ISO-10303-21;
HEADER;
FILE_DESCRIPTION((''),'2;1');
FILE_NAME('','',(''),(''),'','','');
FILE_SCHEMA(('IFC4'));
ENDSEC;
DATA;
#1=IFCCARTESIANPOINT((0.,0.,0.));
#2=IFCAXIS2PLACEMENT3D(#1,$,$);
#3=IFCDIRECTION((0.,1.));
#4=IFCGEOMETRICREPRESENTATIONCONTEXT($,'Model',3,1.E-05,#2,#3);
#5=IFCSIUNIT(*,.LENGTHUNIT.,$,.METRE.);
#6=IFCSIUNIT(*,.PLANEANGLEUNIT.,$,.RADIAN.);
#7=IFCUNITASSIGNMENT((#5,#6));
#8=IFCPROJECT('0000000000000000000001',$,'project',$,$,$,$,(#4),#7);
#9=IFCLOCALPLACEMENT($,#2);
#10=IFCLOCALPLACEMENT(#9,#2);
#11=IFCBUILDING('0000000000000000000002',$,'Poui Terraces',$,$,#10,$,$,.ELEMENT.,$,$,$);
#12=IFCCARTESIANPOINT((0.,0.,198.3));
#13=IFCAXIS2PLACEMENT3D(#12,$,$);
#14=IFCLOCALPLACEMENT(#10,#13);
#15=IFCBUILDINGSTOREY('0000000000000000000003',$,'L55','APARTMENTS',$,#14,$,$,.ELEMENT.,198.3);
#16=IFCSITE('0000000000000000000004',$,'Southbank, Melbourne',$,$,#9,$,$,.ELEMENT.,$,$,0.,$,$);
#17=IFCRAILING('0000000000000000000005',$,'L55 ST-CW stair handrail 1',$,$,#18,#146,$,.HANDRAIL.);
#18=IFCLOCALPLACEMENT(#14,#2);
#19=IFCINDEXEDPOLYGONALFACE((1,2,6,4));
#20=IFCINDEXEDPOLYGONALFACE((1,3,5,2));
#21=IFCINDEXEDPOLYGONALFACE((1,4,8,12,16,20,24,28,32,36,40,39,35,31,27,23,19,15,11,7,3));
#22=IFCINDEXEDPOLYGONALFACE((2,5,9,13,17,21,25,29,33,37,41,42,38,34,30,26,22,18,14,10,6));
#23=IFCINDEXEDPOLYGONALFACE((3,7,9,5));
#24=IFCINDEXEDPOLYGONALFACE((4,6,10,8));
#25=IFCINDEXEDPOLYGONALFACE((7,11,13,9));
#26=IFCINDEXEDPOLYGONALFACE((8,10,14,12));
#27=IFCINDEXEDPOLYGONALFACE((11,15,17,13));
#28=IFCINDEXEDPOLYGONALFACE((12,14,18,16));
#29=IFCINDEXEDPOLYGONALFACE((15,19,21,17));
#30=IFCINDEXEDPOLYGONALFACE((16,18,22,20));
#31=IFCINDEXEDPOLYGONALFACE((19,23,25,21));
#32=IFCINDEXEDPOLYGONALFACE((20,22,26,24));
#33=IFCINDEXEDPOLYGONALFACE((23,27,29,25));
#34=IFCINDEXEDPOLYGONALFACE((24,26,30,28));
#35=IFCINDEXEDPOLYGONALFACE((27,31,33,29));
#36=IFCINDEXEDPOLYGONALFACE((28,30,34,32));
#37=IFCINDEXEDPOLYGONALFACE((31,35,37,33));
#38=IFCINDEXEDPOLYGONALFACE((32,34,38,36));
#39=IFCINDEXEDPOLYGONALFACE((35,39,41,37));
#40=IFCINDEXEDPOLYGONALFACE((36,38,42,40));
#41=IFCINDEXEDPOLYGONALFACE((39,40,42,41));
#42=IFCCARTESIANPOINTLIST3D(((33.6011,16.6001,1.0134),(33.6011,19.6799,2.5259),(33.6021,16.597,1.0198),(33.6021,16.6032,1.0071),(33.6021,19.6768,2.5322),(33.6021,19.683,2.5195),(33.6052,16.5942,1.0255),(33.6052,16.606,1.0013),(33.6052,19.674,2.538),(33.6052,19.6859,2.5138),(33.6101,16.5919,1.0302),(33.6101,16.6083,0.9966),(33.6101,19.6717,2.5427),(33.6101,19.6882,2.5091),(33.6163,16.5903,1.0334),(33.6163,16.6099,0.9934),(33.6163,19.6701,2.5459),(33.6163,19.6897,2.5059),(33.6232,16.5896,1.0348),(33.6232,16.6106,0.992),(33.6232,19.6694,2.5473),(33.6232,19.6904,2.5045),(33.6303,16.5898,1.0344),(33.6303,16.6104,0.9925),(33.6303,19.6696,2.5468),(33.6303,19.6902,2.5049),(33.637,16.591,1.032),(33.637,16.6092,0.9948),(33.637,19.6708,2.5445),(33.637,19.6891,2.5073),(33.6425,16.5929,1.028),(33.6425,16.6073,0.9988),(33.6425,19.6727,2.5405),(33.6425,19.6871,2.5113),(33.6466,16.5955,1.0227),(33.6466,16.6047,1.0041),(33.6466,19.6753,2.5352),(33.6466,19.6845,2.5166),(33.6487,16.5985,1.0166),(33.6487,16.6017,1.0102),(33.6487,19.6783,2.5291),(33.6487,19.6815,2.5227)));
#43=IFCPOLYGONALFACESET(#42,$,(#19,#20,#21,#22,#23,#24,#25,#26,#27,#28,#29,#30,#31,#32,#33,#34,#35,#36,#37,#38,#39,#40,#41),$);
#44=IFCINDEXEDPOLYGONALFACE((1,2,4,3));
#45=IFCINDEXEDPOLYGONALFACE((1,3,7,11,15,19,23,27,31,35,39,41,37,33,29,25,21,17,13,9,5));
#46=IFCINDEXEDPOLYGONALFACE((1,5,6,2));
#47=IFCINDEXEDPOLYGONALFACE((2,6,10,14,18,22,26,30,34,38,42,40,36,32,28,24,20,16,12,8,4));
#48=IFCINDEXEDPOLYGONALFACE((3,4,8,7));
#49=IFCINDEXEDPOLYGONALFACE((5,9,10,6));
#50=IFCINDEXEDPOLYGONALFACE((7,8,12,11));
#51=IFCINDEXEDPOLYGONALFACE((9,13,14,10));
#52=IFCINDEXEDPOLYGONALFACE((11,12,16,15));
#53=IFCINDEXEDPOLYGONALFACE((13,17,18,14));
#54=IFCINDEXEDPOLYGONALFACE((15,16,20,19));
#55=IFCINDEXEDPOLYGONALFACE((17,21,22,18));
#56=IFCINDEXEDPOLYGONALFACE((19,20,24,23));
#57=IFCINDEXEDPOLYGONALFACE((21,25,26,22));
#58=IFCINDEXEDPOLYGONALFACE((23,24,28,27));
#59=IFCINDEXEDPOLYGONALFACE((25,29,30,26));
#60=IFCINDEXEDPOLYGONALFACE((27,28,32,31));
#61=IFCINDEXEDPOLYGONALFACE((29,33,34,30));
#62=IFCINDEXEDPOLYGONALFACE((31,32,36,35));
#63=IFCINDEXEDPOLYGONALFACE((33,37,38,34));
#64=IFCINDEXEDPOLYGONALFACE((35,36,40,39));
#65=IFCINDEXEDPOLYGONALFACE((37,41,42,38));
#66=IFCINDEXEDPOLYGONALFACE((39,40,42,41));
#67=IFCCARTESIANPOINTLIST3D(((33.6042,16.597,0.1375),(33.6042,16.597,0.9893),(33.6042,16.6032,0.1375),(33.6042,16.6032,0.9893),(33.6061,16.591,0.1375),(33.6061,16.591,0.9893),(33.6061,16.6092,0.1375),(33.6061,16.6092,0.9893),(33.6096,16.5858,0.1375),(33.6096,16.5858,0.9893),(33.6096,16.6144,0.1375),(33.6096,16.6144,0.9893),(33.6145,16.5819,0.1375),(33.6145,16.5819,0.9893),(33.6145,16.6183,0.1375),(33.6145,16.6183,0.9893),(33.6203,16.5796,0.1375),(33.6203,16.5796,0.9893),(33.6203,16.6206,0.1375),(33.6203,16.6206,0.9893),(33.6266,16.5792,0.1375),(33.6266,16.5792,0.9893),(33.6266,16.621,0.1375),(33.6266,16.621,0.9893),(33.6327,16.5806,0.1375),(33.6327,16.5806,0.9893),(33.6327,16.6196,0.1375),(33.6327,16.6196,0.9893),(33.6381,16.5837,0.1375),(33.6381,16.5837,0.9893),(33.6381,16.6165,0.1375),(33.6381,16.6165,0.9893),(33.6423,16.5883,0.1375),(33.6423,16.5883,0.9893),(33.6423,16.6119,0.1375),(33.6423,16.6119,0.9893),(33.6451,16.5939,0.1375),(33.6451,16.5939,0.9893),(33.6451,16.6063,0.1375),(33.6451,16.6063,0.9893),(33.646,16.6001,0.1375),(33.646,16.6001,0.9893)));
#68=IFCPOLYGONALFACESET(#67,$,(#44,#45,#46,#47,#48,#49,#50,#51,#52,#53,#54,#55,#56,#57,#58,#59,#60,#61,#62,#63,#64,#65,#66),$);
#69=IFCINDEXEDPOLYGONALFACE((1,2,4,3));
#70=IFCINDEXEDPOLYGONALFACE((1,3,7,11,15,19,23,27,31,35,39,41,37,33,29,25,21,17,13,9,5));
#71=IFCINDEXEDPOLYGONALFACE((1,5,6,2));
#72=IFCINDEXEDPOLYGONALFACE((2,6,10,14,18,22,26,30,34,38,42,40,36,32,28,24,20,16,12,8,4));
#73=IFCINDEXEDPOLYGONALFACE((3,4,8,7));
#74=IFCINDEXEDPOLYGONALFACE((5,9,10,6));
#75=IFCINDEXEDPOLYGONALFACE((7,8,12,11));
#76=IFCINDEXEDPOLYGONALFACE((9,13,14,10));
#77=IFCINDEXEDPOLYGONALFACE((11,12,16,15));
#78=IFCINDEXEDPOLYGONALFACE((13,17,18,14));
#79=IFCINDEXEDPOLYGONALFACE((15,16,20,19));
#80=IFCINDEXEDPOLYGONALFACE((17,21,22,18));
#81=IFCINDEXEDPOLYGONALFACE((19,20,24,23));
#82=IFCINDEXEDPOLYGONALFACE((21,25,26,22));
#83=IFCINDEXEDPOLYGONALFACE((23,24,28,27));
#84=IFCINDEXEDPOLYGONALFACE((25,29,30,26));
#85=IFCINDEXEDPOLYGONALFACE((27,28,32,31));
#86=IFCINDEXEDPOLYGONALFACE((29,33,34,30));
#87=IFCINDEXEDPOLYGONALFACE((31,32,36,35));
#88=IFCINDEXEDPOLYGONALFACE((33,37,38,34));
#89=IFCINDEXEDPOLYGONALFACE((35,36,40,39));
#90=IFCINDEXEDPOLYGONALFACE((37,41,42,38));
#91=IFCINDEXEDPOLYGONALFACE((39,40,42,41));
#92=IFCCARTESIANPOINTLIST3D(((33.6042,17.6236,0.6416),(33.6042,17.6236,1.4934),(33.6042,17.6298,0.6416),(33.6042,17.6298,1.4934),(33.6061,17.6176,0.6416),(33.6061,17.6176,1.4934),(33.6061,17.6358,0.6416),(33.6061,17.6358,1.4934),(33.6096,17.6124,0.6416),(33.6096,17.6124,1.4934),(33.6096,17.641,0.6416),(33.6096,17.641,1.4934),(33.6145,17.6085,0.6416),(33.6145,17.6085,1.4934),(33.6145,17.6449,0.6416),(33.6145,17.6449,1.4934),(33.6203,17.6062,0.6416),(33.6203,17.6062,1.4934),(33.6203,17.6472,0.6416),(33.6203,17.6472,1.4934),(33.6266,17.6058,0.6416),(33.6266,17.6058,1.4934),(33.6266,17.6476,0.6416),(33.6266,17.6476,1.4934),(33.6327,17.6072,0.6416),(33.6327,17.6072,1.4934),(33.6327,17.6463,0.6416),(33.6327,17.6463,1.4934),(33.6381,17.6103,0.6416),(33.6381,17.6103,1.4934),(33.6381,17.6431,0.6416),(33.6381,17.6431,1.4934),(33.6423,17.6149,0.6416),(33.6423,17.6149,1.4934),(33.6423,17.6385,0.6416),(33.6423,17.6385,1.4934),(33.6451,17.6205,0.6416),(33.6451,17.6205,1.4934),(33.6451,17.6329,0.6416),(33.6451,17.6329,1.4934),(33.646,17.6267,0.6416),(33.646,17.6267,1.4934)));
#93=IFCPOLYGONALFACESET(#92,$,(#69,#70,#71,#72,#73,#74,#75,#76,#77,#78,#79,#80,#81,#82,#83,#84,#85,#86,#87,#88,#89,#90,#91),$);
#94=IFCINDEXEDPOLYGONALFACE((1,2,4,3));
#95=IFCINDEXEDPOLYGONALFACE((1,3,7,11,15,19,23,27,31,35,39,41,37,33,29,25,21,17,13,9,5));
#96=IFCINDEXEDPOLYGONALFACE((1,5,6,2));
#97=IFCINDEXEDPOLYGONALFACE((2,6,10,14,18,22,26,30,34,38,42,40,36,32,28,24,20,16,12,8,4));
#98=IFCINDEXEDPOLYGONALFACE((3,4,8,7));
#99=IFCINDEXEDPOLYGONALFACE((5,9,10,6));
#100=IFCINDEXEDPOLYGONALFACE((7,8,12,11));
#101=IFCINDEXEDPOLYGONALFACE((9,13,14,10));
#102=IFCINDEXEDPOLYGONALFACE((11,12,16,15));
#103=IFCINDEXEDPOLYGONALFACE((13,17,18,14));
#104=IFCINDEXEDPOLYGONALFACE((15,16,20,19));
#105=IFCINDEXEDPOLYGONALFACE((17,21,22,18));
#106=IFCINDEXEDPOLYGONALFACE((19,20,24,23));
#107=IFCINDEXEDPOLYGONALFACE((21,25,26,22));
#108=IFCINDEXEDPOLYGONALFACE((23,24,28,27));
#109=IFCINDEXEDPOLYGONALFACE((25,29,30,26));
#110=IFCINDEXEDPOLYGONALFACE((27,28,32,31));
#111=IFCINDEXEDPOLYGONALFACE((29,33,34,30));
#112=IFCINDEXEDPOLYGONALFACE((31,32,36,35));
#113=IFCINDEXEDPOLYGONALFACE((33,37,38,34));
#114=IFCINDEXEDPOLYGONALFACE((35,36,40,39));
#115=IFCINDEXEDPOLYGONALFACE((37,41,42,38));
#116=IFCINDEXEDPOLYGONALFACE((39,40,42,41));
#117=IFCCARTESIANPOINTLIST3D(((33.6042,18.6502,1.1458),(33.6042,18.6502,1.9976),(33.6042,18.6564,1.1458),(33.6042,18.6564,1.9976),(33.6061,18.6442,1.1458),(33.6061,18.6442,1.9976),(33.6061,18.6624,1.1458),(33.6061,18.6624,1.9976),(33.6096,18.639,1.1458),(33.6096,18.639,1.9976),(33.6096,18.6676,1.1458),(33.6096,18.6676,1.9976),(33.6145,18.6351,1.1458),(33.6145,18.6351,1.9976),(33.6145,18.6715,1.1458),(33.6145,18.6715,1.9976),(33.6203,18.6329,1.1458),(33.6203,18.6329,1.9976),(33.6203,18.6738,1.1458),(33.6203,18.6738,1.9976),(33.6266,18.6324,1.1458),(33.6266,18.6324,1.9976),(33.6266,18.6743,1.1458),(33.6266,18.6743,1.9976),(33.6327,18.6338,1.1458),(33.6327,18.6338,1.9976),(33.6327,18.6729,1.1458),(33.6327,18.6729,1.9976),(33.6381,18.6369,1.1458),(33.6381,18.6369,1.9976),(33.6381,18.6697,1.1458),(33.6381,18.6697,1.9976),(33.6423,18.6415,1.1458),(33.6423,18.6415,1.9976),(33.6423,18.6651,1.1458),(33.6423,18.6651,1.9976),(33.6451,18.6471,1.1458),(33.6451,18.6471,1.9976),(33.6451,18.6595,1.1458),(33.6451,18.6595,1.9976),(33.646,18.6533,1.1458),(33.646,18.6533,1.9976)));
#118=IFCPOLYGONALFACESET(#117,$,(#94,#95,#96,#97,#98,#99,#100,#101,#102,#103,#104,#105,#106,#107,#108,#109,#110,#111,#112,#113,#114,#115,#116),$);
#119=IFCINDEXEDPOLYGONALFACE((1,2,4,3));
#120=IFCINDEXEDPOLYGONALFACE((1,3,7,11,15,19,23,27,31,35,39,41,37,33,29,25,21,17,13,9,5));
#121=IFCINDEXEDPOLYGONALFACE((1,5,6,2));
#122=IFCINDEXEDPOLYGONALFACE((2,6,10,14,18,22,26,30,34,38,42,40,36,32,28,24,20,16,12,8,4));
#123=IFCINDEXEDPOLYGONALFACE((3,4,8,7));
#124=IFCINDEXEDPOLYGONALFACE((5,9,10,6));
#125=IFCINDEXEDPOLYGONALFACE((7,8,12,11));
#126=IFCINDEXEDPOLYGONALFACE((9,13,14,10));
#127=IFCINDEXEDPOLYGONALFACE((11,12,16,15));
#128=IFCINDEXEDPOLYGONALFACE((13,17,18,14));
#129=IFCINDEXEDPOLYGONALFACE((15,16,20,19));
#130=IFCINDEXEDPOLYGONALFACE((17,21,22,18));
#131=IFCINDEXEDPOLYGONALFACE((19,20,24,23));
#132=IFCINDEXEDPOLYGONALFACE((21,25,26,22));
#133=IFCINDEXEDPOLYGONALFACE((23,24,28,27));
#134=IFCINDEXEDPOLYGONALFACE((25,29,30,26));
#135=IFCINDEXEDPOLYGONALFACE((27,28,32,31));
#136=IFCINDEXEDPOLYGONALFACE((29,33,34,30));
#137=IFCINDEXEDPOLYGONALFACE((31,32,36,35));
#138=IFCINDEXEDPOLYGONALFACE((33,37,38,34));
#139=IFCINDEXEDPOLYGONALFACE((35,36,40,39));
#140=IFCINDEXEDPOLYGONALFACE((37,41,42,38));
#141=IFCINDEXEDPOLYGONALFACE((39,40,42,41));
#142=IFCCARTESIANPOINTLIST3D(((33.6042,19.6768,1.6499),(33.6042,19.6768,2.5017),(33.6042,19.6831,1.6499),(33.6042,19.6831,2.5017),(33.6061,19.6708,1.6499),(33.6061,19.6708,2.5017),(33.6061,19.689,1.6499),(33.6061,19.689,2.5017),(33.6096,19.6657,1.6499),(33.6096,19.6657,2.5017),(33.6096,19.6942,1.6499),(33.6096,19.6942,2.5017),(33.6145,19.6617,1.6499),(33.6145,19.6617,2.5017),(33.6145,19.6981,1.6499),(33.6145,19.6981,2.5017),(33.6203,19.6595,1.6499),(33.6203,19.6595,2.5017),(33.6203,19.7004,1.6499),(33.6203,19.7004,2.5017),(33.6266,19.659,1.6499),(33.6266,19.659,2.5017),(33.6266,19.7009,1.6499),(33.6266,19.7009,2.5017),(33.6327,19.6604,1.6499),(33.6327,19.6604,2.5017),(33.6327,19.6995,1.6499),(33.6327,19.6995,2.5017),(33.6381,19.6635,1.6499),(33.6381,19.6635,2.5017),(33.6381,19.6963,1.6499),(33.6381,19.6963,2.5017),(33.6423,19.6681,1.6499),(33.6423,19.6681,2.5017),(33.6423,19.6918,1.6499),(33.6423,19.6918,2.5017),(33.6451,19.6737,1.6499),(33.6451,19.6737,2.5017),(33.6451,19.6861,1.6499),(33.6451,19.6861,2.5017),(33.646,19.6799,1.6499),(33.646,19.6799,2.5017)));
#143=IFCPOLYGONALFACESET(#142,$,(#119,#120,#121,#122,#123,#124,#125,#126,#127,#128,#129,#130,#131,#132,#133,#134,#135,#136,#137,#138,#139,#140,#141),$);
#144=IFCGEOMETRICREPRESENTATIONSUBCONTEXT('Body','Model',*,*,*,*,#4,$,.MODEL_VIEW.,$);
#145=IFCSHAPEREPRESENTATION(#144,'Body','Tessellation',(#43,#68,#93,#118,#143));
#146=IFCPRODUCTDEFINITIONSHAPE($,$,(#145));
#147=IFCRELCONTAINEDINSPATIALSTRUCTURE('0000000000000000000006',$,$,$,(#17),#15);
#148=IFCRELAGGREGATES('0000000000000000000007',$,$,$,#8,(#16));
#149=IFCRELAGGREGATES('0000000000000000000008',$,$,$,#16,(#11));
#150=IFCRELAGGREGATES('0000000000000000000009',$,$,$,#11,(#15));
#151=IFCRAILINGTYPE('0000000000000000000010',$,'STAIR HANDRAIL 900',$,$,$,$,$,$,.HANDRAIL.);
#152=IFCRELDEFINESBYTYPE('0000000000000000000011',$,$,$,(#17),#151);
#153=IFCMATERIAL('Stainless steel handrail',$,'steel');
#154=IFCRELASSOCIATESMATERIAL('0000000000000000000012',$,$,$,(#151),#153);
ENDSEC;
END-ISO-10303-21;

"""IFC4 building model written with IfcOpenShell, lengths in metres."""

from ifc_helpers import new_model, si_unit, direction, frame, origin, origin_2d, place, context, subcontext, project, spatial, circle, extrude, material, type_object, element, save


model = new_model("IFC4")

# Units and contexts
model_context = context("Model", 3, precision=1e-05, world=origin(), true_north=direction((0.0, 1.0)))
body_context = subcontext(model_context, "Body", "Model", "MODEL_VIEW")
ifc_project = project(units=[si_unit("LENGTHUNIT", "METRE"), si_unit("PLANEANGLEUNIT", "RADIAN")], contexts=[model_context])

# Site, building, storey
site_placement = place(None, origin())
site = spatial("IfcSite", under=ifc_project, at=site_placement, Name="Southbank, Melbourne", CompositionType="ELEMENT", RefElevation=0.0)
building_placement = place(site_placement, origin())
building = spatial("IfcBuilding", under=site, at=building_placement, Name="Poui Terraces", CompositionType="ELEMENT")
storey_placement = place(building_placement, frame((0.0, 0.0, 198.3)))
storey = spatial("IfcBuildingStorey", under=building, at=storey_placement, Name="L55", Description="APARTMENTS", CompositionType="ELEMENT", Elevation=198.3)

# Railing
ifc_material_1 = material(Name="Stainless steel handrail", Category="steel")
railing_type_1 = type_object("IfcRailingType", Name="STAIR HANDRAIL 900", PredefinedType="HANDRAIL", material=ifc_material_1)
railing_1_placement = place(storey_placement, frame((33.625, 16.6001, 0.1375)))
element("IfcRailing", 1, at=railing_1_placement, inside=storey, type_object=railing_type_1, Name="L55 ST-CW stair handrail 1", PredefinedType="HANDRAIL", context=body_context, shape_type="SweptSolid", body=[
    extrude(circle(Radius=0.0239, at=origin_2d()), frame((0.0, 0.0, 0.876), z_axis=(0.0, 0.897606, 0.440798), x_axis=(-1.0, 0.0, 0.0)), (0.0, 0.0, 1.0), 3.4312),
    extrude(circle(Radius=0.021, at=origin_2d()), origin(), (0.0, 0.0, 1.0), 0.8518),
    extrude(circle(Radius=0.021, at=origin_2d()), frame((0.0, 1.0266, 0.5042)), (0.0, 0.0, 1.0), 0.8518),
    extrude(circle(Radius=0.021, at=origin_2d()), frame((0.0, 2.0532, 1.0083)), (0.0, 0.0, 1.0), 0.8518),
    extrude(circle(Radius=0.021, at=origin_2d()), frame((0.0, 3.0798, 1.5125)), (0.0, 0.0, 1.0), 0.8518),
])

save(model, "model.ifc")
